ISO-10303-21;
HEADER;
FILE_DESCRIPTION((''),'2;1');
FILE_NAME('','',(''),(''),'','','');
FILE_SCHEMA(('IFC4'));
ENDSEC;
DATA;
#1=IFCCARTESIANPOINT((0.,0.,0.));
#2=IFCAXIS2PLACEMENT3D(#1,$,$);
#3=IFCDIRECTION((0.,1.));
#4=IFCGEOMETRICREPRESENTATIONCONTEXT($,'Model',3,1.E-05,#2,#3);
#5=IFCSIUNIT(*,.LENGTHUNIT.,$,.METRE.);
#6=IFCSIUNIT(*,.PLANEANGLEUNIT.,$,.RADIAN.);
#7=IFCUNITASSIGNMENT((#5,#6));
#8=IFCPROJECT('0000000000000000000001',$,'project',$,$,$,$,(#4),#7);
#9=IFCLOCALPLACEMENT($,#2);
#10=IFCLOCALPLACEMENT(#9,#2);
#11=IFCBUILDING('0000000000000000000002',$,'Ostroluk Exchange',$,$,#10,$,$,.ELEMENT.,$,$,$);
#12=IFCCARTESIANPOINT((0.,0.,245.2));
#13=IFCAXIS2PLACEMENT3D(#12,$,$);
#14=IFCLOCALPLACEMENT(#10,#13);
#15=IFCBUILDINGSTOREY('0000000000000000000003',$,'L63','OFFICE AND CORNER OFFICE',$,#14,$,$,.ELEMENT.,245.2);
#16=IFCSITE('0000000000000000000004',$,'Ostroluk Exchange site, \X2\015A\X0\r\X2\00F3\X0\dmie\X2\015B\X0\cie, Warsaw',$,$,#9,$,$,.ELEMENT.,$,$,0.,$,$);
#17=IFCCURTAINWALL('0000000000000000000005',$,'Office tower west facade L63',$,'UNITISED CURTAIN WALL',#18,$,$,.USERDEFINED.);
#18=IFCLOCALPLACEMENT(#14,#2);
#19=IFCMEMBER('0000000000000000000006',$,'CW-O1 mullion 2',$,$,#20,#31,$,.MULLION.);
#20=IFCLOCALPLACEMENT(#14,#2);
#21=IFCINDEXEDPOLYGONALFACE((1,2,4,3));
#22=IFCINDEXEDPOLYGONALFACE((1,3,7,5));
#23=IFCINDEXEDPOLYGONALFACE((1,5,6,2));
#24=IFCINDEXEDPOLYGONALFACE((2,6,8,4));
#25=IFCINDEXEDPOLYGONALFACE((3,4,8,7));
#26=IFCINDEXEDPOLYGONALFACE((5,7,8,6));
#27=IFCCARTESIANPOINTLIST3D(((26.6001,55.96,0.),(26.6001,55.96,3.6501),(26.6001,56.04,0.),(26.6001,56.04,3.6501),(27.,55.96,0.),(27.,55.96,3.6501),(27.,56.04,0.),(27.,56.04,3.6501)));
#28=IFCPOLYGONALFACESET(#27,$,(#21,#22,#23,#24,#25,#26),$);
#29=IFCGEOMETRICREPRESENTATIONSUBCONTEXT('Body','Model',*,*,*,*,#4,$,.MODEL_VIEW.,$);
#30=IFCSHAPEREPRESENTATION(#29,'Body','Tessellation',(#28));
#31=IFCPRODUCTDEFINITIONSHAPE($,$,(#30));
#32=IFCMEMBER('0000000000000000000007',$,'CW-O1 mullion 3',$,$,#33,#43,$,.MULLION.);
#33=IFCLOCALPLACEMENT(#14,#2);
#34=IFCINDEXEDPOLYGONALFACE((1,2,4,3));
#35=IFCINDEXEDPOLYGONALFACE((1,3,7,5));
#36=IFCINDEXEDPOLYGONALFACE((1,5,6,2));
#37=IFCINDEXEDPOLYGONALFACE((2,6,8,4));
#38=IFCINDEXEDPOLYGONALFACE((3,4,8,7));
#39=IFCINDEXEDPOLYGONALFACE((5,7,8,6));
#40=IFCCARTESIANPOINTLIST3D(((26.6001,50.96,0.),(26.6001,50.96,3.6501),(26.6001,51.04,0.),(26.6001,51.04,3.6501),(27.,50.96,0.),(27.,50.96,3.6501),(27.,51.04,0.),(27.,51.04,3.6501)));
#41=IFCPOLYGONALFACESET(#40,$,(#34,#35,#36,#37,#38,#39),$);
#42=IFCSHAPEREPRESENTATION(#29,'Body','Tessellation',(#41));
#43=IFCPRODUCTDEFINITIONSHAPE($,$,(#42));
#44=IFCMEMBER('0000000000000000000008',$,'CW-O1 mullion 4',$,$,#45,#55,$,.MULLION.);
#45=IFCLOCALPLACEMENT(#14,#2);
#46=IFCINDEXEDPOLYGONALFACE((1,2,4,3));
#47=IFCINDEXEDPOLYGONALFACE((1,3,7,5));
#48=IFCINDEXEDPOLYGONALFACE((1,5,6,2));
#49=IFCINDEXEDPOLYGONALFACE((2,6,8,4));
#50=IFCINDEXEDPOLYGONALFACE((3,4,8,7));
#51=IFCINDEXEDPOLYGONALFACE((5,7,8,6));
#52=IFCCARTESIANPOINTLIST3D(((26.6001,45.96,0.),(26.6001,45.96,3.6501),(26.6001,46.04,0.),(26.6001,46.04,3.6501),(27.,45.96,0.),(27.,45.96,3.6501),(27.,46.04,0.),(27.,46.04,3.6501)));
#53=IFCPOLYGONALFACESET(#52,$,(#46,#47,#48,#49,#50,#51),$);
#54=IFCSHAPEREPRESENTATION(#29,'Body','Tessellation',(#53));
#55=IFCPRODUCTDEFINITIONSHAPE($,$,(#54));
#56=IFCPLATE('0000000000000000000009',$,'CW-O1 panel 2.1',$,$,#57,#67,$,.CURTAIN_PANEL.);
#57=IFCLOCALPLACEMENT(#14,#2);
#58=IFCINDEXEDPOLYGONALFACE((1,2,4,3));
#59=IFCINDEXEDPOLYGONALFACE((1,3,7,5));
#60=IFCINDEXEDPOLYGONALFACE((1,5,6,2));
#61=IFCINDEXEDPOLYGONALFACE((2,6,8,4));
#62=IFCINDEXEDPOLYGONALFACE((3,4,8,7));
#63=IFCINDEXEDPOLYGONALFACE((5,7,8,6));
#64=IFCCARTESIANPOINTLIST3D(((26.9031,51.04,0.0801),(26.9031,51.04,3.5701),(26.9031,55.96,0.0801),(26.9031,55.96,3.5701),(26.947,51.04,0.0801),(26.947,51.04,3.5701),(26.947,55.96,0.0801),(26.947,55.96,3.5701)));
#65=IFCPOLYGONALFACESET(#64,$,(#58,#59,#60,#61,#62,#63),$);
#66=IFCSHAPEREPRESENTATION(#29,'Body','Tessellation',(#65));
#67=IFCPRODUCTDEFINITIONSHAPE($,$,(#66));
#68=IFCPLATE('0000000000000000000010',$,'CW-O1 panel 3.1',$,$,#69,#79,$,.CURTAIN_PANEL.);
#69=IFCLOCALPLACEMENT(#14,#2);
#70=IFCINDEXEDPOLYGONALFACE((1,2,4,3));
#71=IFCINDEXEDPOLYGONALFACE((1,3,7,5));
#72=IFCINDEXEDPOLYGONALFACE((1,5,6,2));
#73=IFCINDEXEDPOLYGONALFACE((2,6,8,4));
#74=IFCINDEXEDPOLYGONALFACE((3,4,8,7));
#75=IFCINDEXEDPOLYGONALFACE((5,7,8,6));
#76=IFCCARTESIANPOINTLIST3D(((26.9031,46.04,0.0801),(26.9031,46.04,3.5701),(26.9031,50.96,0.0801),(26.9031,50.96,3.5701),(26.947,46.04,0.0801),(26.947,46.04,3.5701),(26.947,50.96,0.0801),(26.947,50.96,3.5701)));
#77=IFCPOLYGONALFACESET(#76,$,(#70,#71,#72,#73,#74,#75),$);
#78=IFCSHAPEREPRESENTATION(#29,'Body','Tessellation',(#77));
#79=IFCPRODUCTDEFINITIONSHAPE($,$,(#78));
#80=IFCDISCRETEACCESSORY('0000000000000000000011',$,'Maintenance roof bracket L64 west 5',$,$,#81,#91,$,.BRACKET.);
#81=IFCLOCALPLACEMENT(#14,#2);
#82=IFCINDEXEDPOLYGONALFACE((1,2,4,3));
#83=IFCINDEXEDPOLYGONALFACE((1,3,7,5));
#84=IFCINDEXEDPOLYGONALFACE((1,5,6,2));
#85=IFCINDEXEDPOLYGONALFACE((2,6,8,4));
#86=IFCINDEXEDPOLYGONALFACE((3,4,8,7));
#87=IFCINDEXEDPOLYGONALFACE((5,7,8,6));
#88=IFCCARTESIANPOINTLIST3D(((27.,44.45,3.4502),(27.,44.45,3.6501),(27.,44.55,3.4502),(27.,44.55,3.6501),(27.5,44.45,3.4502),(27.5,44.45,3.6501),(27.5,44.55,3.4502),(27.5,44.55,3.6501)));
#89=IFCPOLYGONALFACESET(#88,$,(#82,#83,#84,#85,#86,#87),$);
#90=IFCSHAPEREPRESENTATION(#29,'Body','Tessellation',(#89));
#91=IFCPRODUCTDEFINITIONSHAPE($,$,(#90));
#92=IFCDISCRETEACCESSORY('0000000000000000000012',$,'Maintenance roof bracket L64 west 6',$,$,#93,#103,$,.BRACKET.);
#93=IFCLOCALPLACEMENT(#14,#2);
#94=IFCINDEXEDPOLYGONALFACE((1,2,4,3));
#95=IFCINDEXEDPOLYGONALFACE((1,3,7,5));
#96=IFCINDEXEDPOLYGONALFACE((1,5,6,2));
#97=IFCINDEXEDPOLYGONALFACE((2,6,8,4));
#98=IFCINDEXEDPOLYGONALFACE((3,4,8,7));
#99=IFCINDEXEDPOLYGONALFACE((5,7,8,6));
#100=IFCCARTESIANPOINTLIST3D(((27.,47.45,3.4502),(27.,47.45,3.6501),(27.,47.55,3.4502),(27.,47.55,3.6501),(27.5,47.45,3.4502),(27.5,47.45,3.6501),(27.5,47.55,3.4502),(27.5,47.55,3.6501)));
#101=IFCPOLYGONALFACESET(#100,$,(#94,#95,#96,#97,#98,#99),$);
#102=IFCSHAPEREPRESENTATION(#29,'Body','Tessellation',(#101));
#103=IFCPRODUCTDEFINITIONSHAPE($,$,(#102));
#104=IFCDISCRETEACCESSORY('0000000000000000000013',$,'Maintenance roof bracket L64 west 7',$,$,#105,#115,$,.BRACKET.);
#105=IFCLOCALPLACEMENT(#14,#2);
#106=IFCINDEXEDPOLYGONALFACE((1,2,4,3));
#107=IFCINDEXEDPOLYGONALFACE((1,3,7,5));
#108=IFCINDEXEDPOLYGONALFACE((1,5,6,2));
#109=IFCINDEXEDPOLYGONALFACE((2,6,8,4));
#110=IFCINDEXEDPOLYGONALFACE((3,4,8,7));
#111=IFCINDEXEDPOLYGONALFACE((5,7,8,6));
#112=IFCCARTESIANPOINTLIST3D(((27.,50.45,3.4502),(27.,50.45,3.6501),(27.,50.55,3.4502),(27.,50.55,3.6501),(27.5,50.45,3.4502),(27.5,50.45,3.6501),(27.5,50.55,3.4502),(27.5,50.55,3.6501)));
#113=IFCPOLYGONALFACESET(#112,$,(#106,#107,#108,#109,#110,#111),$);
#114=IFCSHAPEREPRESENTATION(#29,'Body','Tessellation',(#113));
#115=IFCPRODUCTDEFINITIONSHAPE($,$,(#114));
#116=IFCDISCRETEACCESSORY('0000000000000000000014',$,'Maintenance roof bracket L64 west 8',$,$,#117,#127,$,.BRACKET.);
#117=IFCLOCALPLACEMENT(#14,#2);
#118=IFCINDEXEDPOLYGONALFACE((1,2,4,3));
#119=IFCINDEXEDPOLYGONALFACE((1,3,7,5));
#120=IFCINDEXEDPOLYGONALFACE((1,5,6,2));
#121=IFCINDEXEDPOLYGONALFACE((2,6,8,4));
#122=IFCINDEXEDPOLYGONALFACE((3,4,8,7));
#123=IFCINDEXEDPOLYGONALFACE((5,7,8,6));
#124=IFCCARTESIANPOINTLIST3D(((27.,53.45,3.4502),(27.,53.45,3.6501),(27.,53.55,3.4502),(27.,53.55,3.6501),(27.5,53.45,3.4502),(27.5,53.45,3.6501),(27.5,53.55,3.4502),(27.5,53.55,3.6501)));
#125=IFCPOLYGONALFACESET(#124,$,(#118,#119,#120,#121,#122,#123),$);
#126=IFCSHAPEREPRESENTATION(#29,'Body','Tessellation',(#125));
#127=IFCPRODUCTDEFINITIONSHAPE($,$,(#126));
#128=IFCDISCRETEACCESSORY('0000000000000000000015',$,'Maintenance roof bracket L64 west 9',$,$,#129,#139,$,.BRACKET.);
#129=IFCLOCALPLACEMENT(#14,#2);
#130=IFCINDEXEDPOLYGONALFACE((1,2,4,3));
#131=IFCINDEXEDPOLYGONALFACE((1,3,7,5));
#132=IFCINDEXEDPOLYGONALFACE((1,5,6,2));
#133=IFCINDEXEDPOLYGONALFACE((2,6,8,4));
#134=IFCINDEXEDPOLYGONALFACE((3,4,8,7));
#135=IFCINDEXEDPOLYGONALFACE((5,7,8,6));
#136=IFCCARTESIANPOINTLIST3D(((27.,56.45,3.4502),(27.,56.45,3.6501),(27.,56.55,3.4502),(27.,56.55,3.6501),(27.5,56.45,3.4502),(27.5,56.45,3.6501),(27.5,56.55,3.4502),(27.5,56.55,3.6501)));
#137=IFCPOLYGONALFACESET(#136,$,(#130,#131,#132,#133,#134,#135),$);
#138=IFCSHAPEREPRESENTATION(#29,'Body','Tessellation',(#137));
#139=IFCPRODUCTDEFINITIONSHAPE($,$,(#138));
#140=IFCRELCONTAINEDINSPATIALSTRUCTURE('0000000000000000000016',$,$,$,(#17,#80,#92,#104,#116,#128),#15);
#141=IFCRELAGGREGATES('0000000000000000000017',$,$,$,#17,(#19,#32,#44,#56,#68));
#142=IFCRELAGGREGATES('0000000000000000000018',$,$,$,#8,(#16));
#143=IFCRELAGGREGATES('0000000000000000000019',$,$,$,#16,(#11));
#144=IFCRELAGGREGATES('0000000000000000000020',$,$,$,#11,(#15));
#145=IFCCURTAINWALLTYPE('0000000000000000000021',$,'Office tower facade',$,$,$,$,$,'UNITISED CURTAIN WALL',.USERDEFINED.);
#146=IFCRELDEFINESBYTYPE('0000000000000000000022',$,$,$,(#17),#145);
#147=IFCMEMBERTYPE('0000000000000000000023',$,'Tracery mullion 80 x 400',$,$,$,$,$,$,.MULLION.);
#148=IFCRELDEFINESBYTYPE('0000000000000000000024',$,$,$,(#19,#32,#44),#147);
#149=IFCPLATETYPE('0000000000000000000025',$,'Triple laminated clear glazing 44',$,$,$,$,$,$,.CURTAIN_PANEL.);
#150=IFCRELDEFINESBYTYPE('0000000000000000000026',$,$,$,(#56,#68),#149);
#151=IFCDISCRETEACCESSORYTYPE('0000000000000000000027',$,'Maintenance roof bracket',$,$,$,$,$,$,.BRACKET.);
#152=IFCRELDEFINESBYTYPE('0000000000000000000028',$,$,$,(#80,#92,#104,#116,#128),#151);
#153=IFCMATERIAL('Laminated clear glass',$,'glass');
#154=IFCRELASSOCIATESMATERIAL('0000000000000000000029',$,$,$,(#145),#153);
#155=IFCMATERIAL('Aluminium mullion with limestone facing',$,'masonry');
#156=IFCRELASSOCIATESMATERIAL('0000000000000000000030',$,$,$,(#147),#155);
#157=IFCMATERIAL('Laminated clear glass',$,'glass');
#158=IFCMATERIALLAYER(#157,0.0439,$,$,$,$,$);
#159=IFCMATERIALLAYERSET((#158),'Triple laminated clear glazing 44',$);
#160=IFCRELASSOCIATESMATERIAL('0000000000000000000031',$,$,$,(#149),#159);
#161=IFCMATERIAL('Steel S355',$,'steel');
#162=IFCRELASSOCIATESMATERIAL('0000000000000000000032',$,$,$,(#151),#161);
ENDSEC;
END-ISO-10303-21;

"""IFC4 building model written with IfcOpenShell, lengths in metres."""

from ifc_helpers import new_model, si_unit, direction, frame, origin, origin_2d, place, context, subcontext, project, spatial, rectangle, extrude, material, layer, layer_set, material_profile, profile_set, type_object, element, aggregate, save


model = new_model("IFC4")

# Units and contexts
model_context = context("Model", 3, precision=1e-05, world=origin(), true_north=direction((0.0, 1.0)))
body_context = subcontext(model_context, "Body", "Model", "MODEL_VIEW")
ifc_project = project(units=[si_unit("LENGTHUNIT", "METRE"), si_unit("PLANEANGLEUNIT", "RADIAN")], contexts=[model_context])

# Site, building, storey
site_placement = place(None, origin())
site = spatial("IfcSite", under=ifc_project, at=site_placement, Name="Ostroluk Exchange site, Śródmieście, Warsaw", CompositionType="ELEMENT", RefElevation=0.0)
building_placement = place(site_placement, origin())
building = spatial("IfcBuilding", under=site, at=building_placement, Name="Ostroluk Exchange", CompositionType="ELEMENT")
storey_placement = place(building_placement, frame((0.0, 0.0, 245.2)))
storey = spatial("IfcBuildingStorey", under=building, at=storey_placement, Name="L63", Description="OFFICE AND CORNER OFFICE", CompositionType="ELEMENT", Elevation=245.2)

# Curtain wall, members, plates
ifc_material_1 = material(Name="Laminated clear glass", Category="glass")
curtain_wall_type = type_object("IfcCurtainWallType", Name="Office tower facade", ElementType="UNITISED CURTAIN WALL", PredefinedType="USERDEFINED", material=ifc_material_1)
curtain_wall_placement = place(storey_placement, origin())
curtain_wall = element("IfcCurtainWall", 1, at=curtain_wall_placement, inside=storey, type_object=curtain_wall_type, Name="Office tower west facade L63", ObjectType="UNITISED CURTAIN WALL", PredefinedType="USERDEFINED")
ifc_material_2 = material(Name="Aluminium mullion with limestone facing", Category="masonry")
ifc_material_profile_1 = material_profile(ifc_material_2, rectangle(XDim=0.3999, YDim=0.0801, at=origin_2d()), Name="Tracery mullion 80 x 400")
ifc_profile_set_1 = profile_set([ifc_material_profile_1], Name="Aluminium mullion with limestone facing")
member_type_1 = type_object("IfcMemberType", Name="Tracery mullion 80 x 400", PredefinedType="MULLION", material=ifc_profile_set_1)
member_1_placement = place(storey_placement, frame((26.8, 56.0, 0.0), z_axis=(0.0, 0.0, 1.0), x_axis=(1.0, 0.0, 0.0)))
member_1 = element("IfcMember", 2, at=member_1_placement, type_object=member_type_1, Name="CW-O1 mullion 2", PredefinedType="MULLION", context=body_context, shape_type="SweptSolid", body=[
    extrude(rectangle(XDim=0.3999, YDim=0.0801, at=origin_2d()), origin(), (0.0, 0.0, 1.0), 3.6501),
])
member_2_placement = place(storey_placement, frame((26.8, 51.0, 0.0), z_axis=(0.0, 0.0, 1.0), x_axis=(1.0, 0.0, 0.0)))
member_2 = element("IfcMember", 3, at=member_2_placement, type_object=member_type_1, Name="CW-O1 mullion 3", PredefinedType="MULLION", context=body_context, shape_type="SweptSolid", body=[
    extrude(rectangle(XDim=0.3999, YDim=0.0801, at=origin_2d()), origin(), (0.0, 0.0, 1.0), 3.6501),
])
member_3_placement = place(storey_placement, frame((26.8, 46.0, 0.0), z_axis=(0.0, 0.0, 1.0), x_axis=(1.0, 0.0, 0.0)))
member_3 = element("IfcMember", 4, at=member_3_placement, type_object=member_type_1, Name="CW-O1 mullion 4", PredefinedType="MULLION", context=body_context, shape_type="SweptSolid", body=[
    extrude(rectangle(XDim=0.3999, YDim=0.0801, at=origin_2d()), origin(), (0.0, 0.0, 1.0), 3.6501),
])
ifc_material_3 = material(Name="Laminated clear glass", Category="glass")
ifc_layer = layer(ifc_material_3, 0.0439)
ifc_layer_set = layer_set([ifc_layer], Name="Triple laminated clear glazing 44")
plate_type = type_object("IfcPlateType", Name="Triple laminated clear glazing 44", PredefinedType="CURTAIN_PANEL", material=ifc_layer_set)
plate_1_placement = place(storey_placement, frame((26.925, 53.5, 0.0801), z_axis=(0.0, 0.0, 1.0), x_axis=(0.0, -1.0, 0.0)))
plate_1 = element("IfcPlate", 5, at=plate_1_placement, type_object=plate_type, Name="CW-O1 panel 2.1", PredefinedType="CURTAIN_PANEL", context=body_context, shape_type="SweptSolid", body=[
    extrude(rectangle(XDim=4.9199, YDim=0.0439, at=origin_2d()), origin(), (0.0, 0.0, 1.0), 3.49),
])
plate_2_placement = place(storey_placement, frame((26.925, 48.5, 0.0801), z_axis=(0.0, 0.0, 1.0), x_axis=(0.0, -1.0, 0.0)))
plate_2 = element("IfcPlate", 6, at=plate_2_placement, type_object=plate_type, Name="CW-O1 panel 3.1", PredefinedType="CURTAIN_PANEL", context=body_context, shape_type="SweptSolid", body=[
    extrude(rectangle(XDim=4.9199, YDim=0.0439, at=origin_2d()), origin(), (0.0, 0.0, 1.0), 3.49),
])
aggregate(curtain_wall, [member_1, member_2, member_3, plate_1, plate_2])

# Discrete accessories
ifc_material_4 = material(Name="Steel S355", Category="steel")
discrete_accessory_type = type_object("IfcDiscreteAccessoryType", Name="Maintenance roof bracket", PredefinedType="BRACKET", material=ifc_material_4)
for number, where, z_axis, x_axis, name in (
    (7, (27.25, 44.5, 3.4502), (0.0, 0.0, 1.0), (1.0, 0.0, 0.0), "Maintenance roof bracket L64 west 5"),
    (8, (27.25, 47.5, 3.4502), (0.0, 0.0, 1.0), (1.0, 0.0, 0.0), "Maintenance roof bracket L64 west 6"),
    (9, (27.25, 50.5, 3.4502), (0.0, 0.0, 1.0), (1.0, 0.0, 0.0), "Maintenance roof bracket L64 west 7"),
    (10, (27.25, 53.5, 3.4502), (0.0, 0.0, 1.0), (1.0, 0.0, 0.0), "Maintenance roof bracket L64 west 8"),
    (11, (27.25, 56.5, 3.4502), (0.0, 0.0, 1.0), (1.0, 0.0, 0.0), "Maintenance roof bracket L64 west 9"),
):
    element("IfcDiscreteAccessory", number, at=place(storey_placement, frame(where, z_axis=z_axis, x_axis=x_axis)), inside=storey, type_object=discrete_accessory_type, Name=name, PredefinedType="BRACKET", context=body_context, shape_type="SweptSolid", body=[
        extrude(rectangle(XDim=0.5, YDim=0.1001, at=origin_2d()), origin(), (0.0, 0.0, 1.0), 0.2),
    ])

save(model, "model.ifc")
